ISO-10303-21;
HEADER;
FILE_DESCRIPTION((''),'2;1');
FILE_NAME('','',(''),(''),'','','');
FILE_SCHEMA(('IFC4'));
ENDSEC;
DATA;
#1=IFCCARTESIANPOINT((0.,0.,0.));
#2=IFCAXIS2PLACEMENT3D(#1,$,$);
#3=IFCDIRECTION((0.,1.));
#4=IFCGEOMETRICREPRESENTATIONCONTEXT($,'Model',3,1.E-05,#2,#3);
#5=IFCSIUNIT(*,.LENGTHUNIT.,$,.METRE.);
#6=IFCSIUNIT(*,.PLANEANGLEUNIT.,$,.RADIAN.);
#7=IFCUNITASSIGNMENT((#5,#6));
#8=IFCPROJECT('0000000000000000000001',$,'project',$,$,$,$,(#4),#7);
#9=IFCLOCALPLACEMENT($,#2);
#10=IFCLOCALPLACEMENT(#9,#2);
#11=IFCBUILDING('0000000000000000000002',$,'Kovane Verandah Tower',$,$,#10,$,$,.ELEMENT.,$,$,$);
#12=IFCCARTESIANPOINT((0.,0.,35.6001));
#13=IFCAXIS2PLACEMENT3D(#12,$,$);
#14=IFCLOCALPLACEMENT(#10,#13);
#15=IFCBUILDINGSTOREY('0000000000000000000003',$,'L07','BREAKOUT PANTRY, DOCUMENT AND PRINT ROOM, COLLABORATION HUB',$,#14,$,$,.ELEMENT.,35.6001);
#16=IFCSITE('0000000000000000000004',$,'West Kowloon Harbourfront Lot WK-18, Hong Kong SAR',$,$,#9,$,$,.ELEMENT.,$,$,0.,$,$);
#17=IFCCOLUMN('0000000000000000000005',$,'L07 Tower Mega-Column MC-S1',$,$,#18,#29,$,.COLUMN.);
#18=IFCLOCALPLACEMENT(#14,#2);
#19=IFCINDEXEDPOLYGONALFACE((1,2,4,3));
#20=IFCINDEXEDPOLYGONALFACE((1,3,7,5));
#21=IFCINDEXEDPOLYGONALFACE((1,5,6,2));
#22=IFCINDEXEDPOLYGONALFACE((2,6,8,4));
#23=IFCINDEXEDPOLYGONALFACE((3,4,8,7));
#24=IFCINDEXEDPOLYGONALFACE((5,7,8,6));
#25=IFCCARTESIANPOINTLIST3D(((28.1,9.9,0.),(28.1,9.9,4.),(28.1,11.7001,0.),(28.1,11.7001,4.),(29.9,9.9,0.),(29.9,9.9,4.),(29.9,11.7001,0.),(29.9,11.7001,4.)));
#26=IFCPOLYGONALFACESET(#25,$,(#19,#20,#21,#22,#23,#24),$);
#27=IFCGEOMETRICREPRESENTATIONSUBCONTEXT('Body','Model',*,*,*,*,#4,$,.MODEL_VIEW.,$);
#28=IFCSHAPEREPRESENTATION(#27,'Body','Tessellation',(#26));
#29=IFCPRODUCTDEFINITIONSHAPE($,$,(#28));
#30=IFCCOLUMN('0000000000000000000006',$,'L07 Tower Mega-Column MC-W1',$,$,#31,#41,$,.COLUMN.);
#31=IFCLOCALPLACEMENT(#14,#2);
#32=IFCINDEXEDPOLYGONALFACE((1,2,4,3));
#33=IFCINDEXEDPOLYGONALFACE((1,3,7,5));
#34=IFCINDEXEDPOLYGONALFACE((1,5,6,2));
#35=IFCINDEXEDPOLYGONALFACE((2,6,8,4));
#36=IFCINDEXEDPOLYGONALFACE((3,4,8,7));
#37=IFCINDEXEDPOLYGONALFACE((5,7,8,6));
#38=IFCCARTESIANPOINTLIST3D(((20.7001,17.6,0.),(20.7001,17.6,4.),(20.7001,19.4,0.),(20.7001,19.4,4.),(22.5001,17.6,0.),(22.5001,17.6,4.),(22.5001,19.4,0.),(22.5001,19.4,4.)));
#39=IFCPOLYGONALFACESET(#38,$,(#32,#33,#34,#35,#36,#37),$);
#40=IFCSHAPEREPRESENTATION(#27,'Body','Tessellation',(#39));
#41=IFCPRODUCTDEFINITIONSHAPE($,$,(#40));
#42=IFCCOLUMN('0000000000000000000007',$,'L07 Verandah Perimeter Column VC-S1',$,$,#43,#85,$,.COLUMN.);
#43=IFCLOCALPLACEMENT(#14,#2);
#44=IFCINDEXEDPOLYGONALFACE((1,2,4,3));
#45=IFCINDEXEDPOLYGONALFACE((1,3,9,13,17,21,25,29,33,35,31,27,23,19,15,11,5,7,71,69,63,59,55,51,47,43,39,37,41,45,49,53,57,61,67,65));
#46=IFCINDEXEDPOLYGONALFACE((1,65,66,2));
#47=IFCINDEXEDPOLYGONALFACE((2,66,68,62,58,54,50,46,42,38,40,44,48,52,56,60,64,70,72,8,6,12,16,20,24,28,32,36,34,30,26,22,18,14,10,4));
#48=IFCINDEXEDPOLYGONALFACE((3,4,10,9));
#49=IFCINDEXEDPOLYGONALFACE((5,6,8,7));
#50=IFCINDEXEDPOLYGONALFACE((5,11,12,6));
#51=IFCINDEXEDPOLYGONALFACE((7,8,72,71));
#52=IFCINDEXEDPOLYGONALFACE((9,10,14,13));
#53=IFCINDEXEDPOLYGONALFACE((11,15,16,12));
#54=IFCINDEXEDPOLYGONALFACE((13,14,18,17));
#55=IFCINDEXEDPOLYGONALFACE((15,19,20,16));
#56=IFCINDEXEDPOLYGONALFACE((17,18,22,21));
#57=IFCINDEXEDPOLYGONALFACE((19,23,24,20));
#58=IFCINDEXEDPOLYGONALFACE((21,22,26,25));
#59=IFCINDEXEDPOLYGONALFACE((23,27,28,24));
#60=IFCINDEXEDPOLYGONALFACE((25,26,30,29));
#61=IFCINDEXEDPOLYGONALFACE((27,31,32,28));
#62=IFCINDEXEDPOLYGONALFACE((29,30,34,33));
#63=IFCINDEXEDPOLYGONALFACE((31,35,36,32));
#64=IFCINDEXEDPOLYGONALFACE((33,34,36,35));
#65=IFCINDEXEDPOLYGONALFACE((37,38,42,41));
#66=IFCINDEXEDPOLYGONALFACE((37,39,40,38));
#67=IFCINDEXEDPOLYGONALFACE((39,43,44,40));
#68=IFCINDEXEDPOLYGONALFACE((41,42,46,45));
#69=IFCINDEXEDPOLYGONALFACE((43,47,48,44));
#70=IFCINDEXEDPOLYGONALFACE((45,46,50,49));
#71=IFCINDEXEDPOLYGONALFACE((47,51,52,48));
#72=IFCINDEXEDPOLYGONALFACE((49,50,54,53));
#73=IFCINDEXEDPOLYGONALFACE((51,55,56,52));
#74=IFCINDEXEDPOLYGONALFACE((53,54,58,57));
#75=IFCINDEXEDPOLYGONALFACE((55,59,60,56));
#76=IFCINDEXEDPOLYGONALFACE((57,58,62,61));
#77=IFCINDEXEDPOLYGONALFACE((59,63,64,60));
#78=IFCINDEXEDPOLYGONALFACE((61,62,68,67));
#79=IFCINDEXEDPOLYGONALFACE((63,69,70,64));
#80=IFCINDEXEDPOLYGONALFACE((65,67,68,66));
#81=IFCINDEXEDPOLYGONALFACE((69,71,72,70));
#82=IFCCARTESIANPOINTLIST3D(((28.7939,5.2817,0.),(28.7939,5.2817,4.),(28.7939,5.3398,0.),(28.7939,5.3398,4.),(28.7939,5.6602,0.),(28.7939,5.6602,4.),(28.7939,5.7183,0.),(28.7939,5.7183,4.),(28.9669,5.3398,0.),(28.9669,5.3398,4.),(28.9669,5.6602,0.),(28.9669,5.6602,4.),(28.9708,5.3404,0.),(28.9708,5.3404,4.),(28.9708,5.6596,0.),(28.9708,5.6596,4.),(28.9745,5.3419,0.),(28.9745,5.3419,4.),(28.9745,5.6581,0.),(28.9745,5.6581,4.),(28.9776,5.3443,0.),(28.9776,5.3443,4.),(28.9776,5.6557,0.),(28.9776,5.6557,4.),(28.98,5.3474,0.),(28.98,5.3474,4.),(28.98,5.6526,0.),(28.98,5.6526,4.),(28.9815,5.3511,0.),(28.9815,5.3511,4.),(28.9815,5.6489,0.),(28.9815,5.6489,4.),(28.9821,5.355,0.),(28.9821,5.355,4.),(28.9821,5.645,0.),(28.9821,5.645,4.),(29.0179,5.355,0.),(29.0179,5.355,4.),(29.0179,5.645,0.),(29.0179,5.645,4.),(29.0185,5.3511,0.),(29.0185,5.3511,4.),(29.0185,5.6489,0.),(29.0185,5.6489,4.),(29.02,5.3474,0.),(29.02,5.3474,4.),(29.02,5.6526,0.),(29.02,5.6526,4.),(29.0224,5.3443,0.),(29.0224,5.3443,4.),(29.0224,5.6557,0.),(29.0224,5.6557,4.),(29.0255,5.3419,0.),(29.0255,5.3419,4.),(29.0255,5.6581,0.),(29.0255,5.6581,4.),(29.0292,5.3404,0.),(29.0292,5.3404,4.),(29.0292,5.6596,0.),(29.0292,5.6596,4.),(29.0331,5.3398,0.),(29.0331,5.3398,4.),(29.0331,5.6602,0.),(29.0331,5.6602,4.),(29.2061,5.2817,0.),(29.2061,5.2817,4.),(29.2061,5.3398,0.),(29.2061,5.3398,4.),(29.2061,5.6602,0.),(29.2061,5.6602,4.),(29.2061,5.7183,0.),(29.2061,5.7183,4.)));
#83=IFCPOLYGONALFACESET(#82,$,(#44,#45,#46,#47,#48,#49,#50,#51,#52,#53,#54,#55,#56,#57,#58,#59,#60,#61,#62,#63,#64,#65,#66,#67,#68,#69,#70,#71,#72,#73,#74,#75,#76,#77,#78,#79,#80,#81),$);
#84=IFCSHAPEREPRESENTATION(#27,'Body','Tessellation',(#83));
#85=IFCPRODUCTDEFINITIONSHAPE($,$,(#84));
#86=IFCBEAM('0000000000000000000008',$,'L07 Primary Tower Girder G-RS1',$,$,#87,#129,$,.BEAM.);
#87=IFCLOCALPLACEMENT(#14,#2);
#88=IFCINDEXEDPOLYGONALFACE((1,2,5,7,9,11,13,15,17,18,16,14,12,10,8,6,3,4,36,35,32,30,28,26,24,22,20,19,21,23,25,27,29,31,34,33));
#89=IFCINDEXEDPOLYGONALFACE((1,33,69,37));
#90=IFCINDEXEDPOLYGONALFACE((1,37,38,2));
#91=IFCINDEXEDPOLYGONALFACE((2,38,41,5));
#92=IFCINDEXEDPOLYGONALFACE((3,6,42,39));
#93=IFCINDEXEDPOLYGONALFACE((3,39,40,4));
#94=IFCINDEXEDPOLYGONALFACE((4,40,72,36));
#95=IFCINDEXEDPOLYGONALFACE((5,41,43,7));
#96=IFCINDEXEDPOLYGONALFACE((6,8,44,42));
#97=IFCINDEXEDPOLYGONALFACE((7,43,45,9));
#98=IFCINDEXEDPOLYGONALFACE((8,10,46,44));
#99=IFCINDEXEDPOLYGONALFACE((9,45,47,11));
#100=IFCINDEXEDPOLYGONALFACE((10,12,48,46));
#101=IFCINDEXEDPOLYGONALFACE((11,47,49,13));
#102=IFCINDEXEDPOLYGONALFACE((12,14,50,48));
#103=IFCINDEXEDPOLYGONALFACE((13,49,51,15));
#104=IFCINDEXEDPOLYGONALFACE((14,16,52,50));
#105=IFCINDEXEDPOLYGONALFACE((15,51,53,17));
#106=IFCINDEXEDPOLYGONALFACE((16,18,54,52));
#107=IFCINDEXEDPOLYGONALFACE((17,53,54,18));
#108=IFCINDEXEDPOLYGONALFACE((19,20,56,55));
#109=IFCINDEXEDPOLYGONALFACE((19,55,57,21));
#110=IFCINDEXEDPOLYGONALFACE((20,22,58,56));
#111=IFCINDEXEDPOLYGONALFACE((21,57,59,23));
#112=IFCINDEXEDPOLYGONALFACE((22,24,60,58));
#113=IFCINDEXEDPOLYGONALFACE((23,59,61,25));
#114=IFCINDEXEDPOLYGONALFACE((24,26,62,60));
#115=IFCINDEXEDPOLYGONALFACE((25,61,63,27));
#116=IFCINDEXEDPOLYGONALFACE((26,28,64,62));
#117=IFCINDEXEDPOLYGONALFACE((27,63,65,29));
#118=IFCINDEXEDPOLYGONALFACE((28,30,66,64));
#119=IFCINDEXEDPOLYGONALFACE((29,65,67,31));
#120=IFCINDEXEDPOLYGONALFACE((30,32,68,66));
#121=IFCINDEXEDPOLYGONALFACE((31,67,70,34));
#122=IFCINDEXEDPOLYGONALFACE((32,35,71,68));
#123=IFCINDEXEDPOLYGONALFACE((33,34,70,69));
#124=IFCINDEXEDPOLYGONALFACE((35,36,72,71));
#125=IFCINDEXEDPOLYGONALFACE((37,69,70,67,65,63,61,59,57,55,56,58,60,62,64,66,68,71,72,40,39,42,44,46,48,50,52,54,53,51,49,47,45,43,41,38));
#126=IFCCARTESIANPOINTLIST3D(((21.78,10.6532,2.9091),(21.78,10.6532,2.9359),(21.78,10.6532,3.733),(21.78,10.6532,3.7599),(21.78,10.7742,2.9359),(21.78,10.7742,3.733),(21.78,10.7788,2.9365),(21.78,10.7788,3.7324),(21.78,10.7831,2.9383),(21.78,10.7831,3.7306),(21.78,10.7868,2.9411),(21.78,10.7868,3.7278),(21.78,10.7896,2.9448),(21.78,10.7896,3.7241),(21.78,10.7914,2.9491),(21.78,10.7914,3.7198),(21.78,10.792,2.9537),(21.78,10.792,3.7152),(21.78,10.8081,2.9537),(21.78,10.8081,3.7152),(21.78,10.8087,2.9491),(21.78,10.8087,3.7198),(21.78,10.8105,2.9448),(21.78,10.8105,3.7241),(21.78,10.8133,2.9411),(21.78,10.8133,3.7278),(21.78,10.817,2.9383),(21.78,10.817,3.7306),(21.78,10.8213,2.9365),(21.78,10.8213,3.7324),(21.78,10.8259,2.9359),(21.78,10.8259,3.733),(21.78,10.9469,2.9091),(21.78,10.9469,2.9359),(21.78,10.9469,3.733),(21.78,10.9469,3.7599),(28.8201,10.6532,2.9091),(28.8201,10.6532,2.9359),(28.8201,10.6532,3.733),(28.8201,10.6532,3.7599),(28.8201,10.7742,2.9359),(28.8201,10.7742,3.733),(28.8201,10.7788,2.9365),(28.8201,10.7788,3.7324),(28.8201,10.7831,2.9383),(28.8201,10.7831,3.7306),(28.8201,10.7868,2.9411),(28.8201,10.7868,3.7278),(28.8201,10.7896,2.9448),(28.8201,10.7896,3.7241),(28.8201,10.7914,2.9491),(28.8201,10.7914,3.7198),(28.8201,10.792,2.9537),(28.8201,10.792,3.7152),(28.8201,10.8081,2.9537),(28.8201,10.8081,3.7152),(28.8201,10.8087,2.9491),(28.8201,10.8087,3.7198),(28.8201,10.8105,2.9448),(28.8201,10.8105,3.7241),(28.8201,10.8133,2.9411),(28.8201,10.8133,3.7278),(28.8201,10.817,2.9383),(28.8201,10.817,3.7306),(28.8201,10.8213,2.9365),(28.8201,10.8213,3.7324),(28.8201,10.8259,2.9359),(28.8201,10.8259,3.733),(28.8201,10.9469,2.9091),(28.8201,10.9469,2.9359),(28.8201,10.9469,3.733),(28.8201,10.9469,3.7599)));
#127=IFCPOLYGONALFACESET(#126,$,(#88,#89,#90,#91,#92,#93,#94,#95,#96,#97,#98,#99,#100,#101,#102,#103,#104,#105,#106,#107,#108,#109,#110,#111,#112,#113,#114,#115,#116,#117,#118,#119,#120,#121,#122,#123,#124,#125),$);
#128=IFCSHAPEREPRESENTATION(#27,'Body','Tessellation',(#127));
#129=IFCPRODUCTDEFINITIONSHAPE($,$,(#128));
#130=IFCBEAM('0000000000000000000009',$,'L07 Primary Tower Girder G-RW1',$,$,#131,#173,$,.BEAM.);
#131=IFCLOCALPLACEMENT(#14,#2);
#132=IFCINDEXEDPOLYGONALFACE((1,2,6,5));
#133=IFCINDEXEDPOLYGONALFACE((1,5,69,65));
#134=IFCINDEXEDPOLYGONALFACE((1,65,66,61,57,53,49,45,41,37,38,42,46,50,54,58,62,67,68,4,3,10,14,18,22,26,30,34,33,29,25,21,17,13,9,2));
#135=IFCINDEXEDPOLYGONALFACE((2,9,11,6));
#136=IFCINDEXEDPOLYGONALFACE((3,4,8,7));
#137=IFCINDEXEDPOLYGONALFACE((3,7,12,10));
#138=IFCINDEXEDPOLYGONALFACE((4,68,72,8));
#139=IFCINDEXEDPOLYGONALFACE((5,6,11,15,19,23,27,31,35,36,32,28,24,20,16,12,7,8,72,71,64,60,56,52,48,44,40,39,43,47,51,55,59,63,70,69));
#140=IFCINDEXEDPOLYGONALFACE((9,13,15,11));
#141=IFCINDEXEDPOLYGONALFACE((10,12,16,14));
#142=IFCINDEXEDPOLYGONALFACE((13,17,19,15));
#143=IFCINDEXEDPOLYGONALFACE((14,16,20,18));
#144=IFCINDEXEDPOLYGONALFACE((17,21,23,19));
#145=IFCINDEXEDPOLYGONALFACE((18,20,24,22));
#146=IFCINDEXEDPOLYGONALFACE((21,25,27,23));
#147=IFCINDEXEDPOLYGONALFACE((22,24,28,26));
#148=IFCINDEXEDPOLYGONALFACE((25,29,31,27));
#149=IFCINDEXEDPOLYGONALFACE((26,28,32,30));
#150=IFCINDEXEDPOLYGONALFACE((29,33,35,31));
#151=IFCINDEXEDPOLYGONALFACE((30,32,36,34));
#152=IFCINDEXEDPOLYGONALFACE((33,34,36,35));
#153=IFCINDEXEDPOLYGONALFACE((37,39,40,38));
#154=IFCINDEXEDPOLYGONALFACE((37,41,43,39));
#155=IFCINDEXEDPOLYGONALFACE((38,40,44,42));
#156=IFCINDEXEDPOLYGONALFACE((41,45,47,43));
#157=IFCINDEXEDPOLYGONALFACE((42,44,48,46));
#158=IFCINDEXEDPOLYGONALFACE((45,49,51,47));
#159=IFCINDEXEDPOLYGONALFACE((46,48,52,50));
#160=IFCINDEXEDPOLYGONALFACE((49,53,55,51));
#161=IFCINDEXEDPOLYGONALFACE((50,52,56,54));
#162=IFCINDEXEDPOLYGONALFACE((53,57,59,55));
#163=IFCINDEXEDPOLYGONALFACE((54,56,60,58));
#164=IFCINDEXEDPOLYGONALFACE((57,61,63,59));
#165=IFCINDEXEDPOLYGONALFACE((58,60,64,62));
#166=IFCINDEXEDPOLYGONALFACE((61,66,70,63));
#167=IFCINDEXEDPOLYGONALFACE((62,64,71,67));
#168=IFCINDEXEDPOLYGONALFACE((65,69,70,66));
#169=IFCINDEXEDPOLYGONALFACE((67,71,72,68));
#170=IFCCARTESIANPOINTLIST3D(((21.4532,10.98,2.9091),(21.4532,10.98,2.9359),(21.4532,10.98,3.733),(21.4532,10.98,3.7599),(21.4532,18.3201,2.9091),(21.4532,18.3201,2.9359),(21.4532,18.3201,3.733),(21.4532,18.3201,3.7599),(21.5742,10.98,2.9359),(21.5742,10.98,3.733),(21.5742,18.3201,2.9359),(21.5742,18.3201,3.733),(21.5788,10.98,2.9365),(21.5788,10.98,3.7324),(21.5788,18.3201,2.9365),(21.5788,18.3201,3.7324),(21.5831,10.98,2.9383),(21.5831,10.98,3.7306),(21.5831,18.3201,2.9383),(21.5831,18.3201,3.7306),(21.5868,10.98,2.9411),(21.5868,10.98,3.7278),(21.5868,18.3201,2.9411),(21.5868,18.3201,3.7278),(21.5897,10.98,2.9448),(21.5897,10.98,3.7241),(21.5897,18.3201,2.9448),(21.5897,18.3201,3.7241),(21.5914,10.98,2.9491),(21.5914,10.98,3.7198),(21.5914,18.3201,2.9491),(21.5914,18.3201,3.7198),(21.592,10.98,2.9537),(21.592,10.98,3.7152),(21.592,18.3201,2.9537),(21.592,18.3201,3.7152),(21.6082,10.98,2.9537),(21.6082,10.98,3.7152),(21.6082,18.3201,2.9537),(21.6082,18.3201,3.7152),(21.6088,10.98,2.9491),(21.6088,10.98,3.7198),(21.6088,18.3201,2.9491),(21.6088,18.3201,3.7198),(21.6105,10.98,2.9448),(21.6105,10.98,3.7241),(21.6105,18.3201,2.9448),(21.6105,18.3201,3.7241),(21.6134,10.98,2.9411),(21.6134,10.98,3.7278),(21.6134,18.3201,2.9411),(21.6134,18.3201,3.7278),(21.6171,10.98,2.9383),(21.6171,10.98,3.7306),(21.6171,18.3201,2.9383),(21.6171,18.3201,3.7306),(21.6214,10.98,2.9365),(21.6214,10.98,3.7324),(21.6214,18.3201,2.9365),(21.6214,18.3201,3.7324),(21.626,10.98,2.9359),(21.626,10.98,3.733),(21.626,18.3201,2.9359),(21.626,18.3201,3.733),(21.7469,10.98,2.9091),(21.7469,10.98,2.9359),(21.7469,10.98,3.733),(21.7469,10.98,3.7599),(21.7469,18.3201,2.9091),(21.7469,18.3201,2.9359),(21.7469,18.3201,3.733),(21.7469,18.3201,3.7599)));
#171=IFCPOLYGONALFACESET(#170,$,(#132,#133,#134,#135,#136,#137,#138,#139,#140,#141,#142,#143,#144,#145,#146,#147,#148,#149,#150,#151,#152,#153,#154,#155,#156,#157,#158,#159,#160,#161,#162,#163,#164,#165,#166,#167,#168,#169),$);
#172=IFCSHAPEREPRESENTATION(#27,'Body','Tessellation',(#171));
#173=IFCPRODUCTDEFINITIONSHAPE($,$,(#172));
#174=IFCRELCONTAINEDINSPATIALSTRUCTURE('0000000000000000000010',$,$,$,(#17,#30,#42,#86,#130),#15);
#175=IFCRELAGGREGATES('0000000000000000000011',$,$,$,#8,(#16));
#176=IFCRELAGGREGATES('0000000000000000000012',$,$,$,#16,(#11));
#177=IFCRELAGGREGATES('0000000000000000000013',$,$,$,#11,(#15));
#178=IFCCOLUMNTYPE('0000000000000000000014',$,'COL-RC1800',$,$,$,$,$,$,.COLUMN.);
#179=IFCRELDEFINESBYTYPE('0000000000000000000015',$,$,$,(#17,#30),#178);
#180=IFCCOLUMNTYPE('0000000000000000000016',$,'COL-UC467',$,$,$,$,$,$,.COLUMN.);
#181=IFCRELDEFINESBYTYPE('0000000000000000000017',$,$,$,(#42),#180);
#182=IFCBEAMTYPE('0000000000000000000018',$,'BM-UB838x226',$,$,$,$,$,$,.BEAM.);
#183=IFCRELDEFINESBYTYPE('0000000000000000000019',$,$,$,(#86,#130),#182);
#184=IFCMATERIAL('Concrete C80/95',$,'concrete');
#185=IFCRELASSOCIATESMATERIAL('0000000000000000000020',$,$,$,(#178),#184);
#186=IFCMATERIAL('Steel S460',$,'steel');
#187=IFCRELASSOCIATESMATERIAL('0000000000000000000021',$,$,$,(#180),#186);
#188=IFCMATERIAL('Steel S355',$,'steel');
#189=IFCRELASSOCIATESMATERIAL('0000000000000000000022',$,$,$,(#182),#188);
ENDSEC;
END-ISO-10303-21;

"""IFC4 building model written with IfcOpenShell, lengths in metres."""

from ifc_helpers import new_model, si_unit, direction, frame, origin, origin_2d, place, context, subcontext, project, spatial, rectangle, i_section, extrude, material, material_profile, profile_set, type_object, element, save


model = new_model("IFC4")

# Units and contexts
model_context = context("Model", 3, precision=1e-05, world=origin(), true_north=direction((0.0, 1.0)))
body_context = subcontext(model_context, "Body", "Model", "MODEL_VIEW")
ifc_project = project(units=[si_unit("LENGTHUNIT", "METRE"), si_unit("PLANEANGLEUNIT", "RADIAN")], contexts=[model_context])

# Site, building, storey
site_placement = place(None, origin())
site = spatial("IfcSite", under=ifc_project, at=site_placement, Name="West Kowloon Harbourfront Lot WK-18, Hong Kong SAR", CompositionType="ELEMENT", RefElevation=0.0)
building_placement = place(site_placement, origin())
building = spatial("IfcBuilding", under=site, at=building_placement, Name="Kovane Verandah Tower", CompositionType="ELEMENT")
storey_placement = place(building_placement, frame((0.0, 0.0, 35.6001)))
storey = spatial("IfcBuildingStorey", under=building, at=storey_placement, Name="L07", Description="BREAKOUT PANTRY, DOCUMENT AND PRINT ROOM, COLLABORATION HUB", CompositionType="ELEMENT", Elevation=35.6001)

# Columns
ifc_material_1 = material(Name="Concrete C80/95", Category="concrete")
ifc_material_profile_1 = material_profile(ifc_material_1, rectangle(XDim=1.8, YDim=1.8, at=origin_2d()), Name="RC1800x1800")
ifc_profile_set_1 = profile_set([ifc_material_profile_1], Name="Concrete C80/95")
column_type_1 = type_object("IfcColumnType", Name="COL-RC1800", PredefinedType="COLUMN", material=ifc_profile_set_1)
for number, where, z_axis, x_axis, name in (
    (1, (29.0, 10.8, 0.0), (0.0, 0.0, 1.0), (1.0, 0.0, 0.0), "L07 Tower Mega-Column MC-S1"),
    (2, (21.6001, 18.5, 0.0), (0.0, 0.0, 1.0), (1.0, 0.0, 0.0), "L07 Tower Mega-Column MC-W1"),
):
    element("IfcColumn", number, at=place(storey_placement, frame(where, z_axis=z_axis, x_axis=x_axis)), inside=storey, type_object=column_type_1, Name=name, PredefinedType="COLUMN", context=body_context, shape_type="SweptSolid", body=[
        extrude(rectangle(XDim=1.8, YDim=1.8, at=origin_2d()), origin(), (0.0, 0.0, 1.0), 4.0),
    ])
ifc_material_2 = material(Name="Steel S460", Category="steel")
ifc_material_profile_2 = material_profile(ifc_material_2, i_section(OverallWidth=0.4121, OverallDepth=0.4365, WebThickness=0.0359, FlangeThickness=0.0581, FilletRadius=0.0151, at=origin_2d()), Name="UC356x406x467")
ifc_profile_set_2 = profile_set([ifc_material_profile_2], Name="Steel S460")
column_type_2 = type_object("IfcColumnType", Name="COL-UC467", PredefinedType="COLUMN", material=ifc_profile_set_2)
column_placement = place(storey_placement, frame((29.0, 5.5, 0.0), z_axis=(0.0, 0.0, 1.0), x_axis=(1.0, 0.0, 0.0)))
element("IfcColumn", 3, at=column_placement, inside=storey, type_object=column_type_2, Name="L07 Verandah Perimeter Column VC-S1", PredefinedType="COLUMN", context=body_context, shape_type="SweptSolid", body=[
    extrude(i_section(OverallWidth=0.4121, OverallDepth=0.4365, WebThickness=0.0359, FlangeThickness=0.0581, FilletRadius=0.0151, at=origin_2d()), origin(), (0.0, 0.0, 1.0), 4.0),
])

# Beams
ifc_material_3 = material(Name="Steel S355", Category="steel")
ifc_material_profile_3 = material_profile(ifc_material_3, i_section(OverallWidth=0.2937, OverallDepth=0.8508, WebThickness=0.0161, FlangeThickness=0.0269, FilletRadius=0.0178, at=origin_2d()), Name="UB838x292x226")
ifc_profile_set_3 = profile_set([ifc_material_profile_3], Name="Steel S355")
beam_type_1 = type_object("IfcBeamType", Name="BM-UB838x226", PredefinedType="BEAM", material=ifc_profile_set_3)
beam_1_placement = place(storey_placement, frame((21.78, 10.8, 3.3345), z_axis=(1.0, 0.0, 0.0), x_axis=(0.0, 1.0, 0.0)))
element("IfcBeam", 4, at=beam_1_placement, inside=storey, type_object=beam_type_1, Name="L07 Primary Tower Girder G-RS1", PredefinedType="BEAM", context=body_context, shape_type="SweptSolid", body=[
    extrude(i_section(OverallWidth=0.2937, OverallDepth=0.8508, WebThickness=0.0161, FlangeThickness=0.0269, FilletRadius=0.0178, at=origin_2d()), origin(), (0.0, 0.0, 1.0), 7.04),
])
beam_2_placement = place(storey_placement, frame((21.6001, 10.98, 3.3345), z_axis=(0.0, 1.0, 0.0), x_axis=(-1.0, 0.0, 0.0)))
element("IfcBeam", 5, at=beam_2_placement, inside=storey, type_object=beam_type_1, Name="L07 Primary Tower Girder G-RW1", PredefinedType="BEAM", context=body_context, shape_type="SweptSolid", body=[
    extrude(i_section(OverallWidth=0.2937, OverallDepth=0.8508, WebThickness=0.0161, FlangeThickness=0.0269, FilletRadius=0.0178, at=origin_2d()), origin(), (0.0, 0.0, 1.0), 7.3401),
])

save(model, "model.ifc")
